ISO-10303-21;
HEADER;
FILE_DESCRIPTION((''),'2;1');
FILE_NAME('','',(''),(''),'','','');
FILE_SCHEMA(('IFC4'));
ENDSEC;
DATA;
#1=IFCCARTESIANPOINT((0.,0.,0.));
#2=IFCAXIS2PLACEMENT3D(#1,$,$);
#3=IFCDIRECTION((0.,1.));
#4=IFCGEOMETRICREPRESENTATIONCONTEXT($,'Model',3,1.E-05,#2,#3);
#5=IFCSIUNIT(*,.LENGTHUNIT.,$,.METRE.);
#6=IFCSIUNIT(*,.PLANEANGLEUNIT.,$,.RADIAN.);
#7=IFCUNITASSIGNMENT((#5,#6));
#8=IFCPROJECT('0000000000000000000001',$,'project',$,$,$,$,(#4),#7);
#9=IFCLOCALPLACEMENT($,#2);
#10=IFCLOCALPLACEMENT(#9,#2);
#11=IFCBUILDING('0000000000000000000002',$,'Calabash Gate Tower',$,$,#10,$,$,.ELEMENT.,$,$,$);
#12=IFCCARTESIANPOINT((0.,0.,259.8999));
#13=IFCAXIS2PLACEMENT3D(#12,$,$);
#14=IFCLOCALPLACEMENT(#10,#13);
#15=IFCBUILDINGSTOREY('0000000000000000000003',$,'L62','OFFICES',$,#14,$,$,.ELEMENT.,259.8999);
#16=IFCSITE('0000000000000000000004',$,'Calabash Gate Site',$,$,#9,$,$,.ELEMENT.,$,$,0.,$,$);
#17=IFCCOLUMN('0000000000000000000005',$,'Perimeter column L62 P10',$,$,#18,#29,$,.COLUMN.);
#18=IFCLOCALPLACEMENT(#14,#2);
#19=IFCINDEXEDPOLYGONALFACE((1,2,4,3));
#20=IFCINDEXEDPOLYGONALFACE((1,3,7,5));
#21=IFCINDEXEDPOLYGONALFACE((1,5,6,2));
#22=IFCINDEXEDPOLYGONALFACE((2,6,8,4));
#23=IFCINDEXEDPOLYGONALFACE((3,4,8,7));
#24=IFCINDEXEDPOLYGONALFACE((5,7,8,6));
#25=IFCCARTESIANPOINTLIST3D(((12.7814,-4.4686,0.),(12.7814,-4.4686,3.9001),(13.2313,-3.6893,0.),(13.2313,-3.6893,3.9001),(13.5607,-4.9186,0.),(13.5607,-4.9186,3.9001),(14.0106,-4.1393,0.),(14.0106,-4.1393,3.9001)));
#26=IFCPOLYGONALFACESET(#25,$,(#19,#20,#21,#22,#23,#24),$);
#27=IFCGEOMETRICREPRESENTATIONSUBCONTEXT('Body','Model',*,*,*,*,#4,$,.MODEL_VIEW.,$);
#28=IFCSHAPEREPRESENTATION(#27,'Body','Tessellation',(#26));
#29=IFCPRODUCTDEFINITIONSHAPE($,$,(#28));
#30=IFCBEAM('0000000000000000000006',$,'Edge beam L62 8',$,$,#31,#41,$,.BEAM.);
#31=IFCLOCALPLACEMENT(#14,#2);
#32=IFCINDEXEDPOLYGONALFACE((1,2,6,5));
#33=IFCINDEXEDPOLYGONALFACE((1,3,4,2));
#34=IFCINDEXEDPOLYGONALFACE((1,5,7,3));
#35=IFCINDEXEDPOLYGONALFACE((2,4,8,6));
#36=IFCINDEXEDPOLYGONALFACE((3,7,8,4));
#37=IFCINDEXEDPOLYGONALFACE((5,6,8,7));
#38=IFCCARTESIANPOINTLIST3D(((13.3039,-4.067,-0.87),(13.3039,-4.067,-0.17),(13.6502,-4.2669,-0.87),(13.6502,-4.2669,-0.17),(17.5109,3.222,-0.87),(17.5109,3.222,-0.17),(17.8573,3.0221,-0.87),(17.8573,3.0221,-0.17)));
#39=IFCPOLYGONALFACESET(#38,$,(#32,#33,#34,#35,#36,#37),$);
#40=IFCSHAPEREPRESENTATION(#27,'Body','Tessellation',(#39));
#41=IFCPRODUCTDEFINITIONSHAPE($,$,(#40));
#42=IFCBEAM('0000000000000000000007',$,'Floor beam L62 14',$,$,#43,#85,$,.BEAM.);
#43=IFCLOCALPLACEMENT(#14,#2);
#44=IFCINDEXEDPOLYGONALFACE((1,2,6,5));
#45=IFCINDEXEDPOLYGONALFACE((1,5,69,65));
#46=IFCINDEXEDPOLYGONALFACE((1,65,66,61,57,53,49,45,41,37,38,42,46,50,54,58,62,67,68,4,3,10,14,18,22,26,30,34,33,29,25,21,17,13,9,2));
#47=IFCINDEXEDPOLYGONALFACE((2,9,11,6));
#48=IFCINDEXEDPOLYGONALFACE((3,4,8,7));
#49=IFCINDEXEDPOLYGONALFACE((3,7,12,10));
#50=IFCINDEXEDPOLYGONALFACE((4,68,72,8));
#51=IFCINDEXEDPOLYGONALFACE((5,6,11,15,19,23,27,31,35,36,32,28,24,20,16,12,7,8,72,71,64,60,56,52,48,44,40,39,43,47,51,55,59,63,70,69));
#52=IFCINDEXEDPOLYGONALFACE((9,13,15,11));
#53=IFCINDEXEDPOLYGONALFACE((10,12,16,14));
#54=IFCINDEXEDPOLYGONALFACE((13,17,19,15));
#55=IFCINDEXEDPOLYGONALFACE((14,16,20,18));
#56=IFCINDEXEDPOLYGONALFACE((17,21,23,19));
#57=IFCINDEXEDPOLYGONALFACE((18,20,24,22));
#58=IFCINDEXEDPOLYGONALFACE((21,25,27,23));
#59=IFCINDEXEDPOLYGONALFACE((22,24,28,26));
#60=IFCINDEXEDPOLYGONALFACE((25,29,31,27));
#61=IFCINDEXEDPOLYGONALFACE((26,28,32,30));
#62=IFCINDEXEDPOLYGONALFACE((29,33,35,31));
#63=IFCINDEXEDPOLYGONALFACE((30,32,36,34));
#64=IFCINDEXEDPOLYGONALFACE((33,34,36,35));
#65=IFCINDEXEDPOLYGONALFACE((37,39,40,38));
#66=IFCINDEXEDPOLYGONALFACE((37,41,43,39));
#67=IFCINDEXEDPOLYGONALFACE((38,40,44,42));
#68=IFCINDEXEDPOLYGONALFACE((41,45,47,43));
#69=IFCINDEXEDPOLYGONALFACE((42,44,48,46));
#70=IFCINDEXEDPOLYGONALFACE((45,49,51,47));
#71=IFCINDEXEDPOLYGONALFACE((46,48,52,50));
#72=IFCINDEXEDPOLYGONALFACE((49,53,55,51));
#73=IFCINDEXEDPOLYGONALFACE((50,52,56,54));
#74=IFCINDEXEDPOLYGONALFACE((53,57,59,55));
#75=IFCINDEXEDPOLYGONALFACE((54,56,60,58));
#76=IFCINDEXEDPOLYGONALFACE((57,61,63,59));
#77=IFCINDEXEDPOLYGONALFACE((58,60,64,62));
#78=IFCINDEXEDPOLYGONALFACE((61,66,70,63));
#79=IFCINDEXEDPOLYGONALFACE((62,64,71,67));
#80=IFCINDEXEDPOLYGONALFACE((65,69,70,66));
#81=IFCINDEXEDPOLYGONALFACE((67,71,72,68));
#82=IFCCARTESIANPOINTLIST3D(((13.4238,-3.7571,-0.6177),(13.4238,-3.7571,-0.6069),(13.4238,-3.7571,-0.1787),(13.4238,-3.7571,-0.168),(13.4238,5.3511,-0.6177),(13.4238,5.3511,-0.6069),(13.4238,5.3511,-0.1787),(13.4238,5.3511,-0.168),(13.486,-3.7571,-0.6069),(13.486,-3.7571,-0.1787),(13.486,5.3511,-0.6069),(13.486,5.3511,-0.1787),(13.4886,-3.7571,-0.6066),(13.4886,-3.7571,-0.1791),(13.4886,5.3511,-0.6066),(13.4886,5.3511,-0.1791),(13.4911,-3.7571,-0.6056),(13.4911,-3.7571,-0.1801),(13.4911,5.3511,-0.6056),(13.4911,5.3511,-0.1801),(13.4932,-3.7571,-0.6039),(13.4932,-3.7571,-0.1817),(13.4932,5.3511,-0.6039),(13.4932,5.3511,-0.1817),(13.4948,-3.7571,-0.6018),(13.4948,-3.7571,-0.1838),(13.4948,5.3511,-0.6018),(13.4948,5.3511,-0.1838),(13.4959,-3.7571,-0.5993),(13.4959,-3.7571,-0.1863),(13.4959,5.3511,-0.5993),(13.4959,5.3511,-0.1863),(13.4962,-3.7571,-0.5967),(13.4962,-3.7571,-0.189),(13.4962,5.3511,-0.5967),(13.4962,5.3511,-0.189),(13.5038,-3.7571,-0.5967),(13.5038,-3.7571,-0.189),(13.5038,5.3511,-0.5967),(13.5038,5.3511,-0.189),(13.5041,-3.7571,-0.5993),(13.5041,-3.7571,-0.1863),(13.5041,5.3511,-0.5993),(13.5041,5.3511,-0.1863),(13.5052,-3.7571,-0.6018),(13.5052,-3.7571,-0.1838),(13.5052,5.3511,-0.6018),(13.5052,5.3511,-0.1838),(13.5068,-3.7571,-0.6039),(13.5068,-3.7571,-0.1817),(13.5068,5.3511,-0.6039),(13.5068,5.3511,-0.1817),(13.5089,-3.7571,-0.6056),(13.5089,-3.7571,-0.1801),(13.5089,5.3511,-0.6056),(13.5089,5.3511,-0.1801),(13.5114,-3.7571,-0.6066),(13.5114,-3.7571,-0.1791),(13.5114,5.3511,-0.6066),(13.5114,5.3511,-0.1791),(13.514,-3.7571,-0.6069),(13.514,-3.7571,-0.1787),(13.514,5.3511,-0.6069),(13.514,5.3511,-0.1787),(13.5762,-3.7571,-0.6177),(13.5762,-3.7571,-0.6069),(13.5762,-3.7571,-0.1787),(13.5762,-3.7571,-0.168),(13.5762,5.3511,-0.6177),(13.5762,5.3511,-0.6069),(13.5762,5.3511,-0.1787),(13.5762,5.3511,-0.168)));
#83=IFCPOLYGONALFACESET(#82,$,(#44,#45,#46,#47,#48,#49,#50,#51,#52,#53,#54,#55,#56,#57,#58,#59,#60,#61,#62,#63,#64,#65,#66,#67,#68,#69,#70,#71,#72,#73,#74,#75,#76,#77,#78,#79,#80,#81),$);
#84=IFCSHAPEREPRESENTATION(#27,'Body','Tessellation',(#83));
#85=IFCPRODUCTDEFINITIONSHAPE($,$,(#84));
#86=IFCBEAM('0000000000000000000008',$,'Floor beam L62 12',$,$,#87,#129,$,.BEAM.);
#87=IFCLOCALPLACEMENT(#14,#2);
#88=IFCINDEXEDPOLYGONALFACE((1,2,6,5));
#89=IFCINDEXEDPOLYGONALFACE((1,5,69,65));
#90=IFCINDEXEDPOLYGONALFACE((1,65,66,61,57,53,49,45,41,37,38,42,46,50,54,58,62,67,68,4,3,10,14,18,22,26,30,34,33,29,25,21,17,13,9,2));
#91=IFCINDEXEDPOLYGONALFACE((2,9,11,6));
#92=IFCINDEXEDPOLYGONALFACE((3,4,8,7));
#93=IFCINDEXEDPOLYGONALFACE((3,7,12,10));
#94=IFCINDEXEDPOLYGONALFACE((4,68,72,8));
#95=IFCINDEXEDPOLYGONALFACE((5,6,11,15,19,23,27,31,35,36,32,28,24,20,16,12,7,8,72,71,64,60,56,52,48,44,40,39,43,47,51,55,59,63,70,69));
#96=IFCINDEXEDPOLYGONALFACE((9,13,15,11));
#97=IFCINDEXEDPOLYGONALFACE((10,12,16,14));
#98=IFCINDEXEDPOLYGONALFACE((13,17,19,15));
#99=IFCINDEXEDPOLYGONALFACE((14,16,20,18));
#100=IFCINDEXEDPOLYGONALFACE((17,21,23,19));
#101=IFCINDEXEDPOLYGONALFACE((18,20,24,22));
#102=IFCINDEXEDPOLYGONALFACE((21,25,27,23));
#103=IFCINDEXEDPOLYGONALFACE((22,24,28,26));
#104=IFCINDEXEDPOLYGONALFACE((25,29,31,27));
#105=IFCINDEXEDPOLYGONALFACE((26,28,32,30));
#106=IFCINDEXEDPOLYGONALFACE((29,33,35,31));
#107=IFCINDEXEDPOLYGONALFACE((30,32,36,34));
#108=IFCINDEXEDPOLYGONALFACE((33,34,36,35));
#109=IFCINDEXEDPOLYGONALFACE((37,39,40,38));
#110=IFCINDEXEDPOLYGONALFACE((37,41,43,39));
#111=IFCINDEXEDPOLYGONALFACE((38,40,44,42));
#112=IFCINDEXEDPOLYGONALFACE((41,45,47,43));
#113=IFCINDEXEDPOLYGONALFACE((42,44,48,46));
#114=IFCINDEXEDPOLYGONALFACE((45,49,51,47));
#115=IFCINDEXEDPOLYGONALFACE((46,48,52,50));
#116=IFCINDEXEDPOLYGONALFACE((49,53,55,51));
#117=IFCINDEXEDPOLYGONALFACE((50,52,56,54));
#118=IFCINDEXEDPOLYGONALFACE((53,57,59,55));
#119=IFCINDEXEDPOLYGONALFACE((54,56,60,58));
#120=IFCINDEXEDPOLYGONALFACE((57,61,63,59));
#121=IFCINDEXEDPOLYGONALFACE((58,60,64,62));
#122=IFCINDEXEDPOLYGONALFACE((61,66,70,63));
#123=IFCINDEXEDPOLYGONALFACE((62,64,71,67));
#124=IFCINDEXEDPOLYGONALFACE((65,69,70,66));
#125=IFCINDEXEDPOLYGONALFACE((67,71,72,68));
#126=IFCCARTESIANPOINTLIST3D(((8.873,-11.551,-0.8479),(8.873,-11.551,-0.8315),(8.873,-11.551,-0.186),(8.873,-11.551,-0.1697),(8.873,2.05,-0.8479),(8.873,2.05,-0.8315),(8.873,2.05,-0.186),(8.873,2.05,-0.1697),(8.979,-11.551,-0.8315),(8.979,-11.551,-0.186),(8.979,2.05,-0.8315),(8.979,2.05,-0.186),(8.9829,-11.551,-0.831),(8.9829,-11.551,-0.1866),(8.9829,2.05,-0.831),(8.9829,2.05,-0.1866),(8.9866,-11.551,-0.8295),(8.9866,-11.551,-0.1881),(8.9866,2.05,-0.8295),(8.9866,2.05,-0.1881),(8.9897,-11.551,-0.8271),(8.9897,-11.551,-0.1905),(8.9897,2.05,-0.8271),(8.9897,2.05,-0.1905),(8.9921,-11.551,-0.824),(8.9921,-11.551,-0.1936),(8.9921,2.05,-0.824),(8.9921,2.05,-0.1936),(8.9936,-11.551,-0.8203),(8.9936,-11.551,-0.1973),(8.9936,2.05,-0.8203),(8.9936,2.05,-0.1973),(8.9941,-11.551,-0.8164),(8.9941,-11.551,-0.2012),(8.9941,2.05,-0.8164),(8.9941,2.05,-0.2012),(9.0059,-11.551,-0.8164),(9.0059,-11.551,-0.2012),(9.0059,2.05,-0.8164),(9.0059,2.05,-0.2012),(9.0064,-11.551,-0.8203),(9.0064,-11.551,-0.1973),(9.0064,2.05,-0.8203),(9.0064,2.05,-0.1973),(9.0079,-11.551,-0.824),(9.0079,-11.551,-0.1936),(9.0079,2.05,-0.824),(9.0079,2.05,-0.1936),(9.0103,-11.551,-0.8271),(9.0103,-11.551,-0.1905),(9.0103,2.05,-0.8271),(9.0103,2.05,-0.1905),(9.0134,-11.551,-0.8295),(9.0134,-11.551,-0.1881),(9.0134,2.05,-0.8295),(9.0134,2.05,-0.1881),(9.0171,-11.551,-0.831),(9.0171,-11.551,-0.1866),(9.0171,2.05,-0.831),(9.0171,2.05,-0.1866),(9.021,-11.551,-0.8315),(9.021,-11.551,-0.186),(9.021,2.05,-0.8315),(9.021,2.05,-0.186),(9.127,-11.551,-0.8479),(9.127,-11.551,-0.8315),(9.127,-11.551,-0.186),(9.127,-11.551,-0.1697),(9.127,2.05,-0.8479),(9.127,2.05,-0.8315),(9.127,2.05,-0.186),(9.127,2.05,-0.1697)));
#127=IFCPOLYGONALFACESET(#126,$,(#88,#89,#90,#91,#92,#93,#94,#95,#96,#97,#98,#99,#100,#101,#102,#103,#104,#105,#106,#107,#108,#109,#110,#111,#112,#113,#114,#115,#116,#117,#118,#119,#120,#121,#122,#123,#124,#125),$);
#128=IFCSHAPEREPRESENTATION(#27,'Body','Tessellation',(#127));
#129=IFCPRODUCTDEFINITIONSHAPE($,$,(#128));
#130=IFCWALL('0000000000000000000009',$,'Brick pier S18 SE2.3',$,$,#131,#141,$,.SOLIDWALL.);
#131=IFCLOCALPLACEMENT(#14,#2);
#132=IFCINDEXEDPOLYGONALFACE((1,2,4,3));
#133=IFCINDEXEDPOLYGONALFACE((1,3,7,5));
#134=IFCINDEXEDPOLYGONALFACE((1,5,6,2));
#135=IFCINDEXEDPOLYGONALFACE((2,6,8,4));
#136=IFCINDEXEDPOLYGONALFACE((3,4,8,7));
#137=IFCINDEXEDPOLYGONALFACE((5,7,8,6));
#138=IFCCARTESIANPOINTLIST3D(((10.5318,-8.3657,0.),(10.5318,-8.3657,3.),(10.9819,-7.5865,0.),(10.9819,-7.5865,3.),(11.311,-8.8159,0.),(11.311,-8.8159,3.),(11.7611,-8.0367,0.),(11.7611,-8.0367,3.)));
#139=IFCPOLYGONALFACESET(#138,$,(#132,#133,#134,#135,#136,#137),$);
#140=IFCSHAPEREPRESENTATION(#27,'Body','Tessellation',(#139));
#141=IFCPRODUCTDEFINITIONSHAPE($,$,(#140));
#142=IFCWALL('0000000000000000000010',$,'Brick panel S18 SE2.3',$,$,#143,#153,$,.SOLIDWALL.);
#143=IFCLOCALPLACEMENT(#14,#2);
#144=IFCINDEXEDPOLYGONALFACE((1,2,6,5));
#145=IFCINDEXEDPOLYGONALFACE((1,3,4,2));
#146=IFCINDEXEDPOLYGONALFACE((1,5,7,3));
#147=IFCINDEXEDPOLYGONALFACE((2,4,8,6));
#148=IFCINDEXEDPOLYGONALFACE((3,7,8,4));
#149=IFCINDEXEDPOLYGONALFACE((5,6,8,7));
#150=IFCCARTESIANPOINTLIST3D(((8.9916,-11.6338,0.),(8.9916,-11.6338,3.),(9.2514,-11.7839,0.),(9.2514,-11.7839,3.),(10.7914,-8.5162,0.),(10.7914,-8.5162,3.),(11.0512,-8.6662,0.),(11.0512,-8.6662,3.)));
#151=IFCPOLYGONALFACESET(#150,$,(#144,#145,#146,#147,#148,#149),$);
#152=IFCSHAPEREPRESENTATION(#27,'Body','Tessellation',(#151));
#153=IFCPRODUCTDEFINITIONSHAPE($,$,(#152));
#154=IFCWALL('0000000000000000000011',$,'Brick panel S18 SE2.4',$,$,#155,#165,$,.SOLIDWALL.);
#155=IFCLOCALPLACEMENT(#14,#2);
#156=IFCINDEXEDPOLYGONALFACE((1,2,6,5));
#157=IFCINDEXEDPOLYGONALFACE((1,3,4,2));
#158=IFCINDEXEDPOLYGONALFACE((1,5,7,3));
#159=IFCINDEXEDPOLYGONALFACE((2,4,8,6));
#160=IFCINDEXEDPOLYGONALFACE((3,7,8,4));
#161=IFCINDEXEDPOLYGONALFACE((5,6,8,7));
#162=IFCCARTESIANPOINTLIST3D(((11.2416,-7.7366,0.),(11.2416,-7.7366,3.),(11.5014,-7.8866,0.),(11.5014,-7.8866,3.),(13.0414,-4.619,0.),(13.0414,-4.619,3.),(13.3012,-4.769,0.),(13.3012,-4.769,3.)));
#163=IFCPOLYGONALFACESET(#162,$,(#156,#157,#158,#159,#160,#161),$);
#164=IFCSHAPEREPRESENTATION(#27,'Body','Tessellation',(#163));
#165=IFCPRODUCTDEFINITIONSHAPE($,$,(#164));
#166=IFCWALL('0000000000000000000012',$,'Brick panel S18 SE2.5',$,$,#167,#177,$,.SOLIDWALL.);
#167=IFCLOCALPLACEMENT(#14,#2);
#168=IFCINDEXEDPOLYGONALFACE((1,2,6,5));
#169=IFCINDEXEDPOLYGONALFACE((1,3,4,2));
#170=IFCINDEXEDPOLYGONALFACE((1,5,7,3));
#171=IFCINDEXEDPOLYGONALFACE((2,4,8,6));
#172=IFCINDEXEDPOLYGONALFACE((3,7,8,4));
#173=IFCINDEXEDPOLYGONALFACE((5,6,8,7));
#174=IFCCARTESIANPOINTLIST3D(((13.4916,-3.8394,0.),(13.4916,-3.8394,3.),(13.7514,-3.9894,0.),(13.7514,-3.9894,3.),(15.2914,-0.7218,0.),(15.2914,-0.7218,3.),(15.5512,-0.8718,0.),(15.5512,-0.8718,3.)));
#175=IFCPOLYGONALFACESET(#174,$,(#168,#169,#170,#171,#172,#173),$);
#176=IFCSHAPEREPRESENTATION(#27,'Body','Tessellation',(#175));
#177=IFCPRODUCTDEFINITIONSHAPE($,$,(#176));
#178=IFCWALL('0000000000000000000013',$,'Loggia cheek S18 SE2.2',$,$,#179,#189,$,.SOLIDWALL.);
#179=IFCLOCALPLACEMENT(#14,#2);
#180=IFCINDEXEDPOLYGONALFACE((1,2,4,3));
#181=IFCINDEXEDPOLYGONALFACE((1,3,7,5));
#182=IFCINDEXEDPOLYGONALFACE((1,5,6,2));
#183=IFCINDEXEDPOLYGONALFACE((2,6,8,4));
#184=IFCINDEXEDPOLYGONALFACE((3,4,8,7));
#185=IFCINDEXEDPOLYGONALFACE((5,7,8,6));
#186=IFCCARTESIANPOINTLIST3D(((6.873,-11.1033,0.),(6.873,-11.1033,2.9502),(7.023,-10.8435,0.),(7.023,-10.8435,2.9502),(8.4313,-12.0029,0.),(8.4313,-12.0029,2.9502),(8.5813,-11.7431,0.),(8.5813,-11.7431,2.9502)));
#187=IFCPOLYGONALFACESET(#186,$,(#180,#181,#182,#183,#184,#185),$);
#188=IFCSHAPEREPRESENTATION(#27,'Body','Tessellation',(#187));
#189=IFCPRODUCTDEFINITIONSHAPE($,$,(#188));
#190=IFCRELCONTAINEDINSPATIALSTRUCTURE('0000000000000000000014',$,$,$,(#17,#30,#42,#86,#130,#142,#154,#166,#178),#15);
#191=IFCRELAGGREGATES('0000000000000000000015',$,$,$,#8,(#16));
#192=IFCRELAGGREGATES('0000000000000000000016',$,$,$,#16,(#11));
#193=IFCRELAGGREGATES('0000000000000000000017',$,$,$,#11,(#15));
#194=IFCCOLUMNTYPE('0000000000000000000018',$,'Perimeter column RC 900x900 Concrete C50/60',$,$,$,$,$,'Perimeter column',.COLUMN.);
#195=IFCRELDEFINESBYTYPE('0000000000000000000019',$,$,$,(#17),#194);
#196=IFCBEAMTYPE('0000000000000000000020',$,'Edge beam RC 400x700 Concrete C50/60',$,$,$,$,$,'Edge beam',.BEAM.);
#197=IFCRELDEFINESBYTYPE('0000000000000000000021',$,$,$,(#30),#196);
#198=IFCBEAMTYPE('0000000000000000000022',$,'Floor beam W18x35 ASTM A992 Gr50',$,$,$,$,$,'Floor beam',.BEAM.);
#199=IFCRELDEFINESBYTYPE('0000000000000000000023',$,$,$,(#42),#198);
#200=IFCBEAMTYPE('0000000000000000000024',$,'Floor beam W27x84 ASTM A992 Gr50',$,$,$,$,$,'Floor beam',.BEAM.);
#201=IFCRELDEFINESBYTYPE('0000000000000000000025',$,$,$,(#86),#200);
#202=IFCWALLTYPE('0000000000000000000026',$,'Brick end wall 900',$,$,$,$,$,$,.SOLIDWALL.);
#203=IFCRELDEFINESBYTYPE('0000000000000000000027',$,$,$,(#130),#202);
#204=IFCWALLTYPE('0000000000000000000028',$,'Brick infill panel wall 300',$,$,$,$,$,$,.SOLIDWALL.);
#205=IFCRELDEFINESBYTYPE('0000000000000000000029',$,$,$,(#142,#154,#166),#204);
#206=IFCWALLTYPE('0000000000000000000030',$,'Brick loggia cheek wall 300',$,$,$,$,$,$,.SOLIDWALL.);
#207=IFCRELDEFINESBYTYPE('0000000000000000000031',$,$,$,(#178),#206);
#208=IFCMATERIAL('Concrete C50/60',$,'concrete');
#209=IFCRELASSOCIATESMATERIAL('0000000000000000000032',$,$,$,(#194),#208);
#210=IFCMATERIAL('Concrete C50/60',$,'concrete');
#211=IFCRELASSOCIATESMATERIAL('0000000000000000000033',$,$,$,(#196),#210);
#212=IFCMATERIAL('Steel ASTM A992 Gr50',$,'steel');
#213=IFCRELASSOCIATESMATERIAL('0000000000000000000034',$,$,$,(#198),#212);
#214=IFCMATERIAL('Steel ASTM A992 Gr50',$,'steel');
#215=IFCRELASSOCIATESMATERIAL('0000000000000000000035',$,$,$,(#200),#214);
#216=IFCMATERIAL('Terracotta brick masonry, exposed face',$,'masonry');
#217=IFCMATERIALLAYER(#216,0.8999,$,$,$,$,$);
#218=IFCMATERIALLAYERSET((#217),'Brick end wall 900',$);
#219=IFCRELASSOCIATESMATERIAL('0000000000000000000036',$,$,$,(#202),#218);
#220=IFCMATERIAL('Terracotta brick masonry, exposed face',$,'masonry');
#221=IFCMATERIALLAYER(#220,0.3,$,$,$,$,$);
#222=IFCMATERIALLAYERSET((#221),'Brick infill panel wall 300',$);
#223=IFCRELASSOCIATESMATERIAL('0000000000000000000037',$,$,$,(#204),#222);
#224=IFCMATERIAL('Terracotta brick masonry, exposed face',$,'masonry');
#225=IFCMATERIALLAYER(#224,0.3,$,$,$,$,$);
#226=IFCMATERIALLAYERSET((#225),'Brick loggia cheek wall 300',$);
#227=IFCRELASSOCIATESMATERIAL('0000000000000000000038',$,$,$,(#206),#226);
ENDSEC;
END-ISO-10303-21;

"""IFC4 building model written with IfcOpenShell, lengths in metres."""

from ifc_helpers import new_model, si_unit, direction, frame, frame_2d, origin, origin_2d, place, context, subcontext, project, spatial, rectangle, i_section, extrude, material, layer, layer_set, material_profile, profile_set, type_object, element, save


model = new_model("IFC4")

# Units and contexts
model_context = context("Model", 3, precision=1e-05, world=origin(), true_north=direction((0.0, 1.0)))
body_context = subcontext(model_context, "Body", "Model", "MODEL_VIEW")
ifc_project = project(units=[si_unit("LENGTHUNIT", "METRE"), si_unit("PLANEANGLEUNIT", "RADIAN")], contexts=[model_context])

# Site, building, storey
site_placement = place(None, origin())
site = spatial("IfcSite", under=ifc_project, at=site_placement, Name="Calabash Gate Site", CompositionType="ELEMENT", RefElevation=0.0)
building_placement = place(site_placement, origin())
building = spatial("IfcBuilding", under=site, at=building_placement, Name="Calabash Gate Tower", CompositionType="ELEMENT")
storey_placement = place(building_placement, frame((0.0, 0.0, 259.8999)))
storey = spatial("IfcBuildingStorey", under=building, at=storey_placement, Name="L62", Description="OFFICES", CompositionType="ELEMENT", Elevation=259.8999)

# Column
ifc_material_1 = material(Name="Concrete C50/60", Category="concrete")
ifc_material_profile_1 = material_profile(ifc_material_1, rectangle(XDim=0.8999, YDim=0.8999, at=origin_2d()))
ifc_profile_set_1 = profile_set([ifc_material_profile_1], Name="Concrete C50/60")
column_type = type_object("IfcColumnType", Name="Perimeter column RC 900x900 Concrete C50/60", ElementType="Perimeter column", PredefinedType="COLUMN", material=ifc_profile_set_1)
column_placement = place(storey_placement, frame((13.396, -4.304, 0.0), z_axis=(0.0, 0.0, 1.0), x_axis=(0.5, 0.866025, 0.0)))
element("IfcColumn", 1, at=column_placement, inside=storey, type_object=column_type, Name="Perimeter column L62 P10", PredefinedType="COLUMN", context=body_context, shape_type="SweptSolid", body=[
    extrude(rectangle(XDim=0.8999, YDim=0.8999, at=origin_2d()), origin(), (0.0, 0.0, 1.0), 3.9001),
])

# Beams
ifc_material_2 = material(Name="Concrete C50/60", Category="concrete")
ifc_material_profile_2 = material_profile(ifc_material_2, rectangle(XDim=0.3999, YDim=0.7, at=origin_2d()))
ifc_profile_set_2 = profile_set([ifc_material_profile_2], Name="Concrete C50/60")
beam_type_1 = type_object("IfcBeamType", Name="Edge beam RC 400x700 Concrete C50/60", ElementType="Edge beam", PredefinedType="BEAM", material=ifc_profile_set_2)
beam_1_placement = place(storey_placement, frame((13.4771, -4.167, -0.52), z_axis=(0.499883, 0.866093, 0.0), x_axis=(-0.866093, 0.499883, 0.0)))
element("IfcBeam", 2, at=beam_1_placement, inside=storey, type_object=beam_type_1, Name="Edge beam L62 8", PredefinedType="BEAM", context=body_context, shape_type="SweptSolid", body=[
    extrude(rectangle(XDim=0.3999, YDim=0.7, at=origin_2d()), origin(), (0.0, 0.0, 1.0), 8.416),
])
ifc_material_3 = material(Name="Steel ASTM A992 Gr50", Category="steel")
ifc_material_profile_3 = material_profile(ifc_material_3, i_section(OverallWidth=0.1523, OverallDepth=0.4497, WebThickness=0.0076, FlangeThickness=0.0107, FilletRadius=0.0103, at=origin_2d()))
ifc_profile_set_3 = profile_set([ifc_material_profile_3], Name="Steel ASTM A992 Gr50")
beam_type_2 = type_object("IfcBeamType", Name="Floor beam W18x35 ASTM A992 Gr50", ElementType="Floor beam", PredefinedType="BEAM", material=ifc_profile_set_3)
beam_2_placement = place(storey_placement, frame((13.5, -3.7571, -0.3928), z_axis=(0.0, 1.0, 0.0), x_axis=(-1.0, 0.0, 0.0)))
element("IfcBeam", 3, at=beam_2_placement, inside=storey, type_object=beam_type_2, Name="Floor beam L62 14", PredefinedType="BEAM", context=body_context, shape_type="SweptSolid", body=[
    extrude(i_section(OverallWidth=0.1523, OverallDepth=0.4497, WebThickness=0.0076, FlangeThickness=0.0107, FilletRadius=0.0103, at=origin_2d()), origin(), (0.0, 0.0, 1.0), 9.1082),
])
ifc_material_4 = material(Name="Steel ASTM A992 Gr50", Category="steel")
ifc_material_profile_4 = material_profile(ifc_material_4, i_section(OverallWidth=0.2539, OverallDepth=0.6782, WebThickness=0.0117, FlangeThickness=0.0164, FilletRadius=0.0151, at=origin_2d()))
ifc_profile_set_4 = profile_set([ifc_material_profile_4], Name="Steel ASTM A992 Gr50")
beam_type_3 = type_object("IfcBeamType", Name="Floor beam W27x84 ASTM A992 Gr50", ElementType="Floor beam", PredefinedType="BEAM", material=ifc_profile_set_4)
beam_3_placement = place(storey_placement, frame((9.0, -11.551, -0.5088), z_axis=(0.0, 1.0, 0.0), x_axis=(-1.0, 0.0, 0.0)))
element("IfcBeam", 4, at=beam_3_placement, inside=storey, type_object=beam_type_3, Name="Floor beam L62 12", PredefinedType="BEAM", context=body_context, shape_type="SweptSolid", body=[
    extrude(i_section(OverallWidth=0.2539, OverallDepth=0.6782, WebThickness=0.0117, FlangeThickness=0.0164, FilletRadius=0.0151, at=origin_2d()), origin(), (0.0, 0.0, 1.0), 13.6011),
])

# Walls
ifc_material_5 = material(Name="Terracotta brick masonry, exposed face", Category="masonry")
ifc_layer_1 = layer(ifc_material_5, 0.8999)
ifc_layer_set_1 = layer_set([ifc_layer_1], Name="Brick end wall 900")
wall_type_1 = type_object("IfcWallType", Name="Brick end wall 900", PredefinedType="SOLIDWALL", material=ifc_layer_set_1)
wall_1_placement = place(storey_placement, frame((10.9214, -8.5908, 0.0), z_axis=(0.0, 0.0, 1.0), x_axis=(0.500223, 0.865896, 0.0)))
element("IfcWall", 5, at=wall_1_placement, inside=storey, type_object=wall_type_1, Name="Brick pier S18 SE2.3", PredefinedType="SOLIDWALL", context=body_context, shape_type="SweptSolid", body=[
    extrude(rectangle(XDim=0.8999, YDim=0.8999, at=frame_2d((0.45, 0.0))), origin(), (0.0, 0.0, 1.0), 3.0),
])
ifc_material_6 = material(Name="Terracotta brick masonry, exposed face", Category="masonry")
ifc_layer_2 = layer(ifc_material_6, 0.3)
ifc_layer_set_2 = layer_set([ifc_layer_2], Name="Brick infill panel wall 300")
wall_type_2 = type_object("IfcWallType", Name="Brick infill panel wall 300", PredefinedType="SOLIDWALL", material=ifc_layer_set_2)
for number, where, z_axis, x_axis, name in (
    (6, (9.1216, -11.7087, 0.0), (0.0, 0.0, 1.0), (0.499961, 0.866048, 0.0), "Brick panel S18 SE2.3"),
    (7, (11.3716, -7.8115, 0.0), (0.0, 0.0, 1.0), (0.499961, 0.866048, 0.0), "Brick panel S18 SE2.4"),
    (8, (13.6216, -3.9143, 0.0), (0.0, 0.0, 1.0), (0.499961, 0.866048, 0.0), "Brick panel S18 SE2.5"),
):
    element("IfcWall", number, at=place(storey_placement, frame(where, z_axis=z_axis, x_axis=x_axis)), inside=storey, type_object=wall_type_2, Name=name, PredefinedType="SOLIDWALL", context=body_context, shape_type="SweptSolid", body=[
        extrude(rectangle(XDim=3.5999, YDim=0.3, at=frame_2d((1.7998, 0.0))), origin(), (0.0, 0.0, 1.0), 3.0),
    ])
ifc_material_7 = material(Name="Terracotta brick masonry, exposed face", Category="masonry")
ifc_layer_3 = layer(ifc_material_7, 0.3)
ifc_layer_set_3 = layer_set([ifc_layer_3], Name="Brick loggia cheek wall 300")
wall_type_3 = type_object("IfcWallType", Name="Brick loggia cheek wall 300", PredefinedType="SOLIDWALL", material=ifc_layer_set_3)
wall_2_placement = place(storey_placement, frame((6.948, -10.9734, 0.0), z_axis=(0.0, 0.0, 1.0), x_axis=(0.866039, -0.499977, 0.0)))
element("IfcWall", 9, at=wall_2_placement, inside=storey, type_object=wall_type_3, Name="Loggia cheek S18 SE2.2", PredefinedType="SOLIDWALL", context=body_context, shape_type="SweptSolid", body=[
    extrude(rectangle(XDim=1.7993, YDim=0.3, at=frame_2d((0.8997, 0.0))), origin(), (0.0, 0.0, 1.0), 2.9502),
])

save(model, "model.ifc")
